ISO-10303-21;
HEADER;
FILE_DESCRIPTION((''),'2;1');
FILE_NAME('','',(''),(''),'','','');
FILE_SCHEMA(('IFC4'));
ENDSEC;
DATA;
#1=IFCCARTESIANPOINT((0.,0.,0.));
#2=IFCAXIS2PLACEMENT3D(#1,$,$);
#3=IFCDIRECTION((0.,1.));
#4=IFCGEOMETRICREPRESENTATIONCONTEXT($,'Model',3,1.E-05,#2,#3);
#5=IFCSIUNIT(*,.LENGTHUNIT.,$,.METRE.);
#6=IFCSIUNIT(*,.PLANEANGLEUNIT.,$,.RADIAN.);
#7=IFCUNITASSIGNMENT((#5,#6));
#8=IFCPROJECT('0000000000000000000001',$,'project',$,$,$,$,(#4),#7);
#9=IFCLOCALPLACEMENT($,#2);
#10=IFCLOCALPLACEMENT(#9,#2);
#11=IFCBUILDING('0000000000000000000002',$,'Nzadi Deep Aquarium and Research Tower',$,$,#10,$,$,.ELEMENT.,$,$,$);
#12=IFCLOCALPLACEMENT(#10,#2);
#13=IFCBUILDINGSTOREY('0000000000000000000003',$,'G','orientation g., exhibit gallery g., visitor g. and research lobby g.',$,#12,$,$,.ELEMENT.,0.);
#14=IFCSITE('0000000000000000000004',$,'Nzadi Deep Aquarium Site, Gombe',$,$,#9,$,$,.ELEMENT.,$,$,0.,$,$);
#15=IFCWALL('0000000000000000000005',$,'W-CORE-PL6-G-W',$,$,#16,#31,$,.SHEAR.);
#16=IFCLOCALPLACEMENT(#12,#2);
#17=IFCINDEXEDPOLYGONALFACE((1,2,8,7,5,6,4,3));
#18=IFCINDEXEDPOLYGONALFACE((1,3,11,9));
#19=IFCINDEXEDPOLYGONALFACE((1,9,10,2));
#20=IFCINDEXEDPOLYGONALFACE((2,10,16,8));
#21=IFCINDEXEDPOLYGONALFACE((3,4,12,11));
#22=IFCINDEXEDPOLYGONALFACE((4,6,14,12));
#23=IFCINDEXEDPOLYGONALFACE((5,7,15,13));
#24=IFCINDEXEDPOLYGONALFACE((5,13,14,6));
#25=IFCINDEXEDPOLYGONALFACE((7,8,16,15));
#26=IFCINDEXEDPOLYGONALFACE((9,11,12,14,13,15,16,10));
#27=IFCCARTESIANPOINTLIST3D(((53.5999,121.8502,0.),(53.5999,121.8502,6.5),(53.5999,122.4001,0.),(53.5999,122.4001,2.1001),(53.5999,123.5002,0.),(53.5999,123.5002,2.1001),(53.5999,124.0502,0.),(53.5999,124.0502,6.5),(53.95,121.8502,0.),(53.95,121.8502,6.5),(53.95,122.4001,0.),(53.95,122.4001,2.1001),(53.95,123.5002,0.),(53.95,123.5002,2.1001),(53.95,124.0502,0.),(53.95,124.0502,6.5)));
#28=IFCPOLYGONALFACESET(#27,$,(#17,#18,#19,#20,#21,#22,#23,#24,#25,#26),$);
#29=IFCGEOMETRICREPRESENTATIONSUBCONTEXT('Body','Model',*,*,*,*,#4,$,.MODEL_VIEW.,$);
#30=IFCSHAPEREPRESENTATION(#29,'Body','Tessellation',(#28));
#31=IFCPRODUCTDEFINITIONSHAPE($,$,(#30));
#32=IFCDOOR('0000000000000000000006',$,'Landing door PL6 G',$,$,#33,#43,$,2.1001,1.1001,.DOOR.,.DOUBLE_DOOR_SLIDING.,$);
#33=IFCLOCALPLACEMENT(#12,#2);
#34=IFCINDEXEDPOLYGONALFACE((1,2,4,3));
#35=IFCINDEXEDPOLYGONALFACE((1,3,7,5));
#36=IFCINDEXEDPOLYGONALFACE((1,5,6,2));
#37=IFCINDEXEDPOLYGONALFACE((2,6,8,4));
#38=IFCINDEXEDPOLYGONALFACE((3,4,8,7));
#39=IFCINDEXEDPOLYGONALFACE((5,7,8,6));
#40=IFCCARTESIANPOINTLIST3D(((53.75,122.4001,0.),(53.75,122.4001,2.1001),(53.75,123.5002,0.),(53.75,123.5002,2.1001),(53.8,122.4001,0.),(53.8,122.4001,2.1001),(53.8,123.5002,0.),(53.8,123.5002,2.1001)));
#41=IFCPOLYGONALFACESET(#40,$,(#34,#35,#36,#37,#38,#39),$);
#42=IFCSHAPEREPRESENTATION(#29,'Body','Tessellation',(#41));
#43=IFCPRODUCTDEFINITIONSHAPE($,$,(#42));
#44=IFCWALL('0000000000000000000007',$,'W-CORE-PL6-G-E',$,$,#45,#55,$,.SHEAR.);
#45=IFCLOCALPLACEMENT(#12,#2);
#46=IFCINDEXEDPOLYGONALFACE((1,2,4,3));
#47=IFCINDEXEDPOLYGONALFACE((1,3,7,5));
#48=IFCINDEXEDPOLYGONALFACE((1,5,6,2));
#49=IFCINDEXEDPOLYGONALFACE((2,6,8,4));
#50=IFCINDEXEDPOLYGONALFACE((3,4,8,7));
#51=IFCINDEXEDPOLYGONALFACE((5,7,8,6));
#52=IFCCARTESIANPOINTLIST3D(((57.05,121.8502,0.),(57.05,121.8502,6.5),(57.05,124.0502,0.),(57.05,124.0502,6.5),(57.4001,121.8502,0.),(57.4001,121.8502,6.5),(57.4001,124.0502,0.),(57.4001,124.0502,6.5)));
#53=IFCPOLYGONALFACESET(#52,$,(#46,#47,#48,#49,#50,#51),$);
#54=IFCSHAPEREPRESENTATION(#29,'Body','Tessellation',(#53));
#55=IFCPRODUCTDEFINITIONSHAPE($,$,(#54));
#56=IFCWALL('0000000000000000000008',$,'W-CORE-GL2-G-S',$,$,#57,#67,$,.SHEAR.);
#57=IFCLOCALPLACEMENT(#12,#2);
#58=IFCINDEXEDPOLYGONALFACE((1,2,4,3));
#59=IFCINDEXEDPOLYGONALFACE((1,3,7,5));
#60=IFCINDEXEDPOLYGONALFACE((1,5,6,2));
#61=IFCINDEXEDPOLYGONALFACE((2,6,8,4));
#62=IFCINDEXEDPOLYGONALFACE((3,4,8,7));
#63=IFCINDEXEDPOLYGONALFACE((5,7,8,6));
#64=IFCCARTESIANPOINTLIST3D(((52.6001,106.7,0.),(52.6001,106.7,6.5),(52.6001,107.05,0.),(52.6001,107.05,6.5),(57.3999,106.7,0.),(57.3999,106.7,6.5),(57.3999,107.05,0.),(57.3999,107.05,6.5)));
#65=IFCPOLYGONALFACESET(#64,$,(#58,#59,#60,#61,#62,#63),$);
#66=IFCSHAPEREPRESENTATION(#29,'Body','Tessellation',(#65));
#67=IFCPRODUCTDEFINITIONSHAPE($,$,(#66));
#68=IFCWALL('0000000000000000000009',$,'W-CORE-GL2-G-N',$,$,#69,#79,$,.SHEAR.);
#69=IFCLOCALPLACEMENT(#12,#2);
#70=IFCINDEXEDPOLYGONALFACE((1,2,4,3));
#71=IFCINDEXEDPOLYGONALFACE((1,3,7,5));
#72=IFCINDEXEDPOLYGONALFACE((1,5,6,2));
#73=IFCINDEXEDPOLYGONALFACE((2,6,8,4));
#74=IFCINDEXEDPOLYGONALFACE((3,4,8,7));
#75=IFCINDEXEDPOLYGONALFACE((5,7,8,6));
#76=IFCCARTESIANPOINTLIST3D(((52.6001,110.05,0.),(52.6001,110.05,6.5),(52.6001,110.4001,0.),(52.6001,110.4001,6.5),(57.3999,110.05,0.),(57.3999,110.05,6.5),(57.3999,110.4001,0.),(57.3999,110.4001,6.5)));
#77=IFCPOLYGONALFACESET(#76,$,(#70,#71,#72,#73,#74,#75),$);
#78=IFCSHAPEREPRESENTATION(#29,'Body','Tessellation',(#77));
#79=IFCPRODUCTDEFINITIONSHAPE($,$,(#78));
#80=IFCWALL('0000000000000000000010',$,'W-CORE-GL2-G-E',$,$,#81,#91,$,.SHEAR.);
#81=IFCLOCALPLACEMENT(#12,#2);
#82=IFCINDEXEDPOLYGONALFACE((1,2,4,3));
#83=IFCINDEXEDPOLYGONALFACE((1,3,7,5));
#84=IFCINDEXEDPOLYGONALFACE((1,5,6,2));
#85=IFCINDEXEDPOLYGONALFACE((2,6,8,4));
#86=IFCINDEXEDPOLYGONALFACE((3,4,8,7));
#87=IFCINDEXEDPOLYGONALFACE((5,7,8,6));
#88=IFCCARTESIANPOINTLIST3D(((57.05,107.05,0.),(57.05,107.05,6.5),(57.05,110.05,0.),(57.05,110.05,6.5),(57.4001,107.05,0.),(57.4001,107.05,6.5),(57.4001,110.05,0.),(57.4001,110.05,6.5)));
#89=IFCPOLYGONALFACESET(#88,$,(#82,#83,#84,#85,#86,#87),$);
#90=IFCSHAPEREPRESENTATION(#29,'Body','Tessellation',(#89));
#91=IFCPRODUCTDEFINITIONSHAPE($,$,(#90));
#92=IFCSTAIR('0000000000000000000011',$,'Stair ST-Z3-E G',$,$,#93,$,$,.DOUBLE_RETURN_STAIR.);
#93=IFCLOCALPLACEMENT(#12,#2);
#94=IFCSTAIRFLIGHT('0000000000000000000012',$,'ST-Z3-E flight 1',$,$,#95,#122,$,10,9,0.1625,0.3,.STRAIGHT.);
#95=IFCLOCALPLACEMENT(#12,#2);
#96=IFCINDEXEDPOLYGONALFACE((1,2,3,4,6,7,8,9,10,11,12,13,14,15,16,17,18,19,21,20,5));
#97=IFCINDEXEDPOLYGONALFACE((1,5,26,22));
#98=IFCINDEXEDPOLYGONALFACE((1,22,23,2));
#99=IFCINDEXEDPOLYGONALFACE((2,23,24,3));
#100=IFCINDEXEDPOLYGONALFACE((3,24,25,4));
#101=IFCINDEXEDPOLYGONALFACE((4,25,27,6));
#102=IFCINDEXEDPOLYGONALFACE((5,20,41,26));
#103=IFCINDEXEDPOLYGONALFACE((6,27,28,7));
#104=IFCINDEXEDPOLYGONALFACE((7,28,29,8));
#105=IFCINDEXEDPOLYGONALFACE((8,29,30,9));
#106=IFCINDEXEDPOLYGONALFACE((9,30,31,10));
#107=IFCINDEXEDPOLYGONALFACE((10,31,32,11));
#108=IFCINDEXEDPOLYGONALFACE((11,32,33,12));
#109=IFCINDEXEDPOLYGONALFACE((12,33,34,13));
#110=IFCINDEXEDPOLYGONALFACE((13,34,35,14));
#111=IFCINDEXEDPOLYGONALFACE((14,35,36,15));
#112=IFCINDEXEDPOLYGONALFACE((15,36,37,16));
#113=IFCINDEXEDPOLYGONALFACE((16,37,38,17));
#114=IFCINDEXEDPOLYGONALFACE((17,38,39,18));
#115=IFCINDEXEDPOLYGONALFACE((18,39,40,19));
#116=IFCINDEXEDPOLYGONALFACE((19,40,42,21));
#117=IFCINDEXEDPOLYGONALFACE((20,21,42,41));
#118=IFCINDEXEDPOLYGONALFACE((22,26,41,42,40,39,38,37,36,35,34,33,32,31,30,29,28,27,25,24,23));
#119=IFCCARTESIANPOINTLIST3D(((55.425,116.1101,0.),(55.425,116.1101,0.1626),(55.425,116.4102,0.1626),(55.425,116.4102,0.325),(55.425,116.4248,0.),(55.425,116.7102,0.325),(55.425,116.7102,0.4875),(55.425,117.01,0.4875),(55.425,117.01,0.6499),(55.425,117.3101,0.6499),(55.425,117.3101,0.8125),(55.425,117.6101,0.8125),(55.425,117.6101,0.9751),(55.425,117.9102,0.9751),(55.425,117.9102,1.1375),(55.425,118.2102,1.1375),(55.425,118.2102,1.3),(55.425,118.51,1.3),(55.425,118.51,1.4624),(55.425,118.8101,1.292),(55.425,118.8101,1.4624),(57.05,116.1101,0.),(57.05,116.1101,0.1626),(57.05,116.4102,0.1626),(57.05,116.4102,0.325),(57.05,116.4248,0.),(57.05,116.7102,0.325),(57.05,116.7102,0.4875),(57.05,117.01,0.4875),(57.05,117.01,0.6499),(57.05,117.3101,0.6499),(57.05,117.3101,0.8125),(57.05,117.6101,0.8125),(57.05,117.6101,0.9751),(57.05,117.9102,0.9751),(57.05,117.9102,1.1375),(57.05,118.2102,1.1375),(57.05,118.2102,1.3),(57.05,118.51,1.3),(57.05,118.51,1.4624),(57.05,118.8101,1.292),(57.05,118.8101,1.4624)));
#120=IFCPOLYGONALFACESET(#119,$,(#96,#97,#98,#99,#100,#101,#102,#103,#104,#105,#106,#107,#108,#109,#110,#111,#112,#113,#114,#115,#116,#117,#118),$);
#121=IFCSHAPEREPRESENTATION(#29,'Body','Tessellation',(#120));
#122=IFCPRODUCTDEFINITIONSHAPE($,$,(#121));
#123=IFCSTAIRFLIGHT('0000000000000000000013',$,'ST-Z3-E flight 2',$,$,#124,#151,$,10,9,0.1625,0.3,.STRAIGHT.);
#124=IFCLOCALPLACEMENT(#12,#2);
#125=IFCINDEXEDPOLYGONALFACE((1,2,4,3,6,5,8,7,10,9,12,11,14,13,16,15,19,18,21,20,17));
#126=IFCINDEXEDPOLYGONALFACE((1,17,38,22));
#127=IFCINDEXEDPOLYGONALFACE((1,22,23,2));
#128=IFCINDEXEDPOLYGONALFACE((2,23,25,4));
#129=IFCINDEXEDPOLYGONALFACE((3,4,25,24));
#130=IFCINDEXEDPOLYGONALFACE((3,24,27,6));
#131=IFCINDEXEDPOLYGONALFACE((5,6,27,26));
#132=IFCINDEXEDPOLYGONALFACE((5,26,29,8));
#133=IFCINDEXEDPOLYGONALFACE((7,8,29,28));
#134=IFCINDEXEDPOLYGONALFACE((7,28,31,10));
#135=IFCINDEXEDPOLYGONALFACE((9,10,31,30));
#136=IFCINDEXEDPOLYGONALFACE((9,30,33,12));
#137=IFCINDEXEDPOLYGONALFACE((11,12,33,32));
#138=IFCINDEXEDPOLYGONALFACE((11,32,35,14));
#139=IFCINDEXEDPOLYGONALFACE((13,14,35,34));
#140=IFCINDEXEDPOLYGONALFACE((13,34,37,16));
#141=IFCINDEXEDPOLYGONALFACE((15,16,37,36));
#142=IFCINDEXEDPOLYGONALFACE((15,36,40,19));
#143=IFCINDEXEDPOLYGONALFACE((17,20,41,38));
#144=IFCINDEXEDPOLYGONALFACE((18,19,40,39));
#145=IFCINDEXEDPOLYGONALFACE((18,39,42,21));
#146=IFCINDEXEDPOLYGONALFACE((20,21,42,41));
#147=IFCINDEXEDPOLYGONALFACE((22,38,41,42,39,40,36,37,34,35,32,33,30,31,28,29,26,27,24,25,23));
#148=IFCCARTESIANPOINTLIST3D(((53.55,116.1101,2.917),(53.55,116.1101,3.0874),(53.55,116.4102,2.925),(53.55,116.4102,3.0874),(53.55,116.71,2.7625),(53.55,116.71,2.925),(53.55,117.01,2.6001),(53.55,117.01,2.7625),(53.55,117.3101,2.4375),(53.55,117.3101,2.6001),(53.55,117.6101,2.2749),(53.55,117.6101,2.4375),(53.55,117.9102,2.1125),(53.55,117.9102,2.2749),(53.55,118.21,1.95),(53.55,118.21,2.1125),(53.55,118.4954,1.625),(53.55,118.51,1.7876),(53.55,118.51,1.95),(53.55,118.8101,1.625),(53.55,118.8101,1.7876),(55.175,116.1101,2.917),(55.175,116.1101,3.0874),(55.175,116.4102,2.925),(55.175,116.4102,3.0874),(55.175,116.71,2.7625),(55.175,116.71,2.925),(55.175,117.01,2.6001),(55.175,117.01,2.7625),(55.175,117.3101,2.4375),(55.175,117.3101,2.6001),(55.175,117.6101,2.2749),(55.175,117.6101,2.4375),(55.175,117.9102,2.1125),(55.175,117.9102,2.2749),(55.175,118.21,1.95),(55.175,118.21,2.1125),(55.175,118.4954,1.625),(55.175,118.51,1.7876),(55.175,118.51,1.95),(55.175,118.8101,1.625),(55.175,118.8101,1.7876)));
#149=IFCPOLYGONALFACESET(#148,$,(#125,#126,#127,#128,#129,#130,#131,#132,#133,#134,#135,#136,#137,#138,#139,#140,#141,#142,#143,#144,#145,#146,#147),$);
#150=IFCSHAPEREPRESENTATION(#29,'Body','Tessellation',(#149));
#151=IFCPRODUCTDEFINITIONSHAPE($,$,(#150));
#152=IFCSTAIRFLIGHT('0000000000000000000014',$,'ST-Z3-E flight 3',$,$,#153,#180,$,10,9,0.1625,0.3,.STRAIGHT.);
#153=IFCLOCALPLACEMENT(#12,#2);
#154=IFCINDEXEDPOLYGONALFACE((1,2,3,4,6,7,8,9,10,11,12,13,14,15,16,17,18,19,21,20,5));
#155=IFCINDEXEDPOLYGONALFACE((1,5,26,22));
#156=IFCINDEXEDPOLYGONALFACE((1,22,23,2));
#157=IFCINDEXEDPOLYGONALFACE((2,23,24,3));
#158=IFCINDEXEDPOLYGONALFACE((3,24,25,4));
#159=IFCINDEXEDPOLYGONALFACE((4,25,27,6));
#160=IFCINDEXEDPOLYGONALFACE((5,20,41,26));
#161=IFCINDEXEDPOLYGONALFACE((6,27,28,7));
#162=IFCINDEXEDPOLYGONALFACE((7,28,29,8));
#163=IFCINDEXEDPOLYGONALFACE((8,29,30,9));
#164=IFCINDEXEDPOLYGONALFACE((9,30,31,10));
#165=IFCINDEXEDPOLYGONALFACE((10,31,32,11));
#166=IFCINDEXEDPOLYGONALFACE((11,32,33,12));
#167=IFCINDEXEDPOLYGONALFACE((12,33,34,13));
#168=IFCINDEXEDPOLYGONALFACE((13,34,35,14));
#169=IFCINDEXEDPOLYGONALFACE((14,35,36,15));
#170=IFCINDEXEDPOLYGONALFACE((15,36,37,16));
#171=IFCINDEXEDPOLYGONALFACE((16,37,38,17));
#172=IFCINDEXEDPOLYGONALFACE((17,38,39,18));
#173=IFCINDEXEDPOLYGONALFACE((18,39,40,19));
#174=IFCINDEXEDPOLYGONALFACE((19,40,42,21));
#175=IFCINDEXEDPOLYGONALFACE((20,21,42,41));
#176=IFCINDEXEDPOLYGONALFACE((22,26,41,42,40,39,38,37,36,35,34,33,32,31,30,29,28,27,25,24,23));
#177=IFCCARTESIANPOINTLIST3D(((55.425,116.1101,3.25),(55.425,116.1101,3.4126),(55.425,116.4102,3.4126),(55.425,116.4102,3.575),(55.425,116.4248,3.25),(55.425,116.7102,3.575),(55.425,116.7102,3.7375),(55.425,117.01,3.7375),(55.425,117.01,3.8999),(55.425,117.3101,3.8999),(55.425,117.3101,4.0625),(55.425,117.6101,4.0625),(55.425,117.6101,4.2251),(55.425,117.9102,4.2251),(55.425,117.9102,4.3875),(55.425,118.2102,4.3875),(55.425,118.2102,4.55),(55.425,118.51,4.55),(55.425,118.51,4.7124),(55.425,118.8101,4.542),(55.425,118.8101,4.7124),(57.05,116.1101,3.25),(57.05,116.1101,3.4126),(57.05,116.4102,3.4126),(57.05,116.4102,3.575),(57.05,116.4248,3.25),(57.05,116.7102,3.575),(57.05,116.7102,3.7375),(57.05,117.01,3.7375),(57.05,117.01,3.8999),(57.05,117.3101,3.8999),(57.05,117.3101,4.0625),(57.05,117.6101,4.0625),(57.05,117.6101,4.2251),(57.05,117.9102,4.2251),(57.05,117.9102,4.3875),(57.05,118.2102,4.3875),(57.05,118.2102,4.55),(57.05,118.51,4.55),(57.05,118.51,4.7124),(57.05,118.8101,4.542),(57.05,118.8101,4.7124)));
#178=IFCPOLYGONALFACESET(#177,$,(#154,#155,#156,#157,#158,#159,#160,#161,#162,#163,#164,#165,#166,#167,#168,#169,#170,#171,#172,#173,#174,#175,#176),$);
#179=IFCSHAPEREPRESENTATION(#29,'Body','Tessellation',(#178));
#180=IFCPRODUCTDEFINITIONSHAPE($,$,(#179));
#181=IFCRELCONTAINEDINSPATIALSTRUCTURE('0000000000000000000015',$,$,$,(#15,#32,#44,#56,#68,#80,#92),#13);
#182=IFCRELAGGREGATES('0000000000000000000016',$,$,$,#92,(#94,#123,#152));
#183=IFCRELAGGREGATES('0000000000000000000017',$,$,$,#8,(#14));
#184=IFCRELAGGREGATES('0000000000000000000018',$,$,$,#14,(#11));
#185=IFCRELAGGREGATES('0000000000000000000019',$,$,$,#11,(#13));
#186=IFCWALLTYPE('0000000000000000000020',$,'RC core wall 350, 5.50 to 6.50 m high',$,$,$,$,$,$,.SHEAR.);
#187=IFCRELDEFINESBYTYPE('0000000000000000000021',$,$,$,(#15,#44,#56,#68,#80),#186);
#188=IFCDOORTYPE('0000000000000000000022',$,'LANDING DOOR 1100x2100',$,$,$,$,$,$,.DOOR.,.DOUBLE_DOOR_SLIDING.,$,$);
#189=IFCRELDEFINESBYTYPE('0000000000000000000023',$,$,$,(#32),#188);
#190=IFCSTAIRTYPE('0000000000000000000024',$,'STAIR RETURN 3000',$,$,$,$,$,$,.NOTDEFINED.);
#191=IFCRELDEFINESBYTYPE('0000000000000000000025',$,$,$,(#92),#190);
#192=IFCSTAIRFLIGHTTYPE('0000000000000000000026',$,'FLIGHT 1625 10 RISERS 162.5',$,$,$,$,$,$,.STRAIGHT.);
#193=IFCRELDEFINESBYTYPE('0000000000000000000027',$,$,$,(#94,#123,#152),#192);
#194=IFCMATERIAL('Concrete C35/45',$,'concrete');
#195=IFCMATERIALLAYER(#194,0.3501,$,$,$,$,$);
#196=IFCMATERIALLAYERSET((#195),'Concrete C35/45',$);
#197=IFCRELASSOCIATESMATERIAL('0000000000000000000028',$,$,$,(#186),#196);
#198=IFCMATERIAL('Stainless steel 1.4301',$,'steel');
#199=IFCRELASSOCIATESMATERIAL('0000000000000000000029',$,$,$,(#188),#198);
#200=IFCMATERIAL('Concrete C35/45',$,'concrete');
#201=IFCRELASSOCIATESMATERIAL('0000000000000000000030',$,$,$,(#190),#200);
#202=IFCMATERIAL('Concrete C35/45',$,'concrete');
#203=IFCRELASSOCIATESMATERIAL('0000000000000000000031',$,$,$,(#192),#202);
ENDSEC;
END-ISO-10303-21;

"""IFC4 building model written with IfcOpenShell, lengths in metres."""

from ifc_helpers import new_model, si_unit, direction, frame, frame_2d, origin, place, context, subcontext, project, spatial, polyline, rectangle, outline, extrude, material, layer, layer_set, type_object, element, fill, aggregate, save


model = new_model("IFC4")

# Units and contexts
model_context = context("Model", 3, precision=1e-05, world=origin(), true_north=direction((0.0, 1.0)))
body_context = subcontext(model_context, "Body", "Model", "MODEL_VIEW")
ifc_project = project(units=[si_unit("LENGTHUNIT", "METRE"), si_unit("PLANEANGLEUNIT", "RADIAN")], contexts=[model_context])

# Site, building, storey
site_placement = place(None, origin())
site = spatial("IfcSite", under=ifc_project, at=site_placement, Name="Nzadi Deep Aquarium Site, Gombe", CompositionType="ELEMENT", RefElevation=0.0)
building_placement = place(site_placement, origin())
building = spatial("IfcBuilding", under=site, at=building_placement, Name="Nzadi Deep Aquarium and Research Tower", CompositionType="ELEMENT")
storey_placement = place(building_placement, origin())
storey = spatial("IfcBuildingStorey", under=building, at=storey_placement, Name="G", Description="orientation g., exhibit gallery g., visitor g. and research lobby g.", CompositionType="ELEMENT", Elevation=0.0)

# Shared definitions
ifc_material_1 = material(Name="Concrete C35/45", Category="concrete")
ifc_layer_1 = layer(ifc_material_1, 0.3501)
ifc_layer_set_1 = layer_set([ifc_layer_1], Name="Concrete C35/45")
wall_type_1 = type_object("IfcWallType", Name="RC core wall 350, 5.50 to 6.50 m high", PredefinedType="SHEAR", material=ifc_layer_set_1)

# Wall, opening, door
wall_1_placement = place(storey_placement, frame((53.7749, 121.8501, 0.0), z_axis=(0.0, 0.0, 1.0), x_axis=(0.0, 1.0, 0.0)))
wall_1 = element("IfcWall", 1, at=wall_1_placement, inside=storey, type_object=wall_type_1, Name="W-CORE-PL6-G-W", PredefinedType="SHEAR", context=body_context, shape_type="SweptSolid", body=[
    extrude(rectangle(XDim=2.2, YDim=0.3501, at=frame_2d((1.1001, 0.0))), origin(), (0.0, 0.0, 1.0), 6.5),
])
opening_1_placement = place(wall_1_placement, frame((0.55, 0.0, 0.0)))
opening_1 = element("IfcOpeningElement", 2, at=opening_1_placement, cuts=wall_1, PredefinedType="OPENING", context=body_context, shape_type="SweptSolid", body=[
    extrude(rectangle(XDim=1.1001, YDim=2.1001, at=frame_2d((0.55, 1.05))), frame((0.0, 0.1851, 0.0), z_axis=(0.0, -1.0, 0.0), x_axis=(1.0, 0.0, 0.0)), (0.0, 0.0, 1.0), 0.3701),
])
ifc_material_2 = material(Name="Stainless steel 1.4301", Category="steel")
door_type_1 = type_object("IfcDoorType", Name="LANDING DOOR 1100x2100", OperationType="DOUBLE_DOOR_SLIDING", PredefinedType="DOOR", material=ifc_material_2)
door_1_placement = place(opening_1_placement, origin())
door_1 = element("IfcDoor", 3, at=door_1_placement, inside=storey, type_object=door_type_1, Name="Landing door PL6 G", OperationType="DOUBLE_DOOR_SLIDING", OverallHeight=2.1001, OverallWidth=1.1001, PredefinedType="DOOR", context=body_context, shape_type="SweptSolid", body=[
    extrude(rectangle(XDim=1.1001, YDim=2.1001, at=frame_2d((0.55, 1.05))), frame((0.0, 0.0249, 0.0), z_axis=(0.0, -1.0, 0.0), x_axis=(1.0, 0.0, 0.0)), (0.0, 0.0, 1.0), 0.05),
])
fill(opening_1, door_1)

# Walls
wall_2_placement = place(storey_placement, frame((57.2251, 121.8501, 0.0), z_axis=(0.0, 0.0, 1.0), x_axis=(0.0, 1.0, 0.0)))
element("IfcWall", 4, at=wall_2_placement, inside=storey, type_object=wall_type_1, Name="W-CORE-PL6-G-E", PredefinedType="SHEAR", context=body_context, shape_type="SweptSolid", body=[
    extrude(rectangle(XDim=2.2, YDim=0.3501, at=frame_2d((1.1001, 0.0))), origin(), (0.0, 0.0, 1.0), 6.5),
])
for number, where, z_axis, x_axis, name in (
    (5, (52.6001, 106.875, 0.0), (0.0, 0.0, 1.0), (1.0, 0.0, 0.0), "W-CORE-GL2-G-S"),
    (6, (52.6001, 110.2251, 0.0), (0.0, 0.0, 1.0), (1.0, 0.0, 0.0), "W-CORE-GL2-G-N"),
):
    element("IfcWall", number, at=place(storey_placement, frame(where, z_axis=z_axis, x_axis=x_axis)), inside=storey, type_object=wall_type_1, Name=name, PredefinedType="SHEAR", context=body_context, shape_type="SweptSolid", body=[
        extrude(rectangle(XDim=4.7998, YDim=0.3501, at=frame_2d((2.3999, 0.0))), origin(), (0.0, 0.0, 1.0), 6.5),
    ])

# Wall
wall_3_placement = place(storey_placement, frame((57.2251, 107.05, 0.0), z_axis=(0.0, 0.0, 1.0), x_axis=(0.0, 1.0, 0.0)))
element("IfcWall", 7, at=wall_3_placement, inside=storey, type_object=wall_type_1, Name="W-CORE-GL2-G-E", PredefinedType="SHEAR", context=body_context, shape_type="SweptSolid", body=[
    extrude(rectangle(XDim=3.0, YDim=0.3501, at=frame_2d((1.5, 0.0))), origin(), (0.0, 0.0, 1.0), 6.5),
])

# Stair, stair flights
ifc_material_3 = material(Name="Concrete C35/45", Category="concrete")
stair_type = type_object("IfcStairType", Name="STAIR RETURN 3000", PredefinedType="NOTDEFINED", material=ifc_material_3)
stair_placement = place(storey_placement, origin())
stair = element("IfcStair", 8, at=stair_placement, inside=storey, type_object=stair_type, Name="Stair ST-Z3-E G", PredefinedType="DOUBLE_RETURN_STAIR")
ifc_material_4 = material(Name="Concrete C35/45", Category="concrete")
stair_flight_type = type_object("IfcStairFlightType", Name="FLIGHT 1625 10 RISERS 162.5", PredefinedType="STRAIGHT", material=ifc_material_4)
stair_flight_1_placement = place(storey_placement, frame((56.2375, 116.1101, 0.0), z_axis=(0.0, 0.0, 1.0), x_axis=(0.0, 1.0, 0.0)))
stair_flight_1 = element("IfcStairFlight", 9, at=stair_flight_1_placement, type_object=stair_flight_type, Name="ST-Z3-E flight 1", NumberOfRisers=10, NumberOfTreads=9, PredefinedType="STRAIGHT", RiserHeight=0.1625, TreadLength=0.3, context=body_context, shape_type="SweptSolid", body=[
    extrude(outline(polyline([(0.0, 0.0), (0.0, 0.1626), (0.3, 0.1626), (0.3, 0.325), (0.6001, 0.325), (0.6001, 0.4875), (0.8999, 0.4875), (0.8999, 0.6499), (1.2, 0.6499), (1.2, 0.8125), (1.5, 0.8125), (1.5, 0.9751), (1.8, 0.9751), (1.8, 1.1375), (2.1001, 1.1375), (2.1001, 1.3), (2.3999, 1.3), (2.3999, 1.4624), (2.7, 1.4624), (2.7, 1.625), (2.7, 1.292), (0.3147, 0.0), (0.0, 0.0)])), frame((0.0, 0.8125, 0.0), z_axis=(0.0, -1.0, 0.0), x_axis=(1.0, 0.0, 0.0)), (0.0, 0.0, 1.0), 1.625),
])
stair_flight_2_placement = place(storey_placement, frame((54.3625, 118.8101, 1.625), z_axis=(0.0, 0.0, 1.0), x_axis=(0.0, -1.0, 0.0)))
stair_flight_2 = element("IfcStairFlight", 10, at=stair_flight_2_placement, type_object=stair_flight_type, Name="ST-Z3-E flight 2", NumberOfRisers=10, NumberOfTreads=9, PredefinedType="STRAIGHT", RiserHeight=0.1625, TreadLength=0.3, context=body_context, shape_type="SweptSolid", body=[
    extrude(outline(polyline([(0.0, 0.0), (0.0, 0.1626), (0.3, 0.1626), (0.3, 0.325), (0.6001, 0.325), (0.6001, 0.4875), (0.8999, 0.4875), (0.8999, 0.6499), (1.2, 0.6499), (1.2, 0.8125), (1.5, 0.8125), (1.5, 0.9751), (1.8, 0.9751), (1.8, 1.1375), (2.1001, 1.1375), (2.1001, 1.3), (2.3999, 1.3), (2.3999, 1.4624), (2.7, 1.4624), (2.7, 1.625), (2.7, 1.292), (0.3147, 0.0), (0.0, 0.0)])), frame((0.0, 0.8125, 0.0), z_axis=(0.0, -1.0, 0.0), x_axis=(1.0, 0.0, 0.0)), (0.0, 0.0, 1.0), 1.625),
])
stair_flight_3_placement = place(storey_placement, frame((56.2375, 116.1101, 3.25), z_axis=(0.0, 0.0, 1.0), x_axis=(0.0, 1.0, 0.0)))
stair_flight_3 = element("IfcStairFlight", 11, at=stair_flight_3_placement, type_object=stair_flight_type, Name="ST-Z3-E flight 3", NumberOfRisers=10, NumberOfTreads=9, PredefinedType="STRAIGHT", RiserHeight=0.1625, TreadLength=0.3, context=body_context, shape_type="SweptSolid", body=[
    extrude(outline(polyline([(0.0, 0.0), (0.0, 0.1626), (0.3, 0.1626), (0.3, 0.325), (0.6001, 0.325), (0.6001, 0.4875), (0.8999, 0.4875), (0.8999, 0.6499), (1.2, 0.6499), (1.2, 0.8125), (1.5, 0.8125), (1.5, 0.9751), (1.8, 0.9751), (1.8, 1.1375), (2.1001, 1.1375), (2.1001, 1.3), (2.3999, 1.3), (2.3999, 1.4624), (2.7, 1.4624), (2.7, 1.625), (2.7, 1.292), (0.3147, 0.0), (0.0, 0.0)])), frame((0.0, 0.8125, 0.0), z_axis=(0.0, -1.0, 0.0), x_axis=(1.0, 0.0, 0.0)), (0.0, 0.0, 1.0), 1.625),
])
aggregate(stair, [stair_flight_1, stair_flight_2, stair_flight_3])

save(model, "model.ifc")
